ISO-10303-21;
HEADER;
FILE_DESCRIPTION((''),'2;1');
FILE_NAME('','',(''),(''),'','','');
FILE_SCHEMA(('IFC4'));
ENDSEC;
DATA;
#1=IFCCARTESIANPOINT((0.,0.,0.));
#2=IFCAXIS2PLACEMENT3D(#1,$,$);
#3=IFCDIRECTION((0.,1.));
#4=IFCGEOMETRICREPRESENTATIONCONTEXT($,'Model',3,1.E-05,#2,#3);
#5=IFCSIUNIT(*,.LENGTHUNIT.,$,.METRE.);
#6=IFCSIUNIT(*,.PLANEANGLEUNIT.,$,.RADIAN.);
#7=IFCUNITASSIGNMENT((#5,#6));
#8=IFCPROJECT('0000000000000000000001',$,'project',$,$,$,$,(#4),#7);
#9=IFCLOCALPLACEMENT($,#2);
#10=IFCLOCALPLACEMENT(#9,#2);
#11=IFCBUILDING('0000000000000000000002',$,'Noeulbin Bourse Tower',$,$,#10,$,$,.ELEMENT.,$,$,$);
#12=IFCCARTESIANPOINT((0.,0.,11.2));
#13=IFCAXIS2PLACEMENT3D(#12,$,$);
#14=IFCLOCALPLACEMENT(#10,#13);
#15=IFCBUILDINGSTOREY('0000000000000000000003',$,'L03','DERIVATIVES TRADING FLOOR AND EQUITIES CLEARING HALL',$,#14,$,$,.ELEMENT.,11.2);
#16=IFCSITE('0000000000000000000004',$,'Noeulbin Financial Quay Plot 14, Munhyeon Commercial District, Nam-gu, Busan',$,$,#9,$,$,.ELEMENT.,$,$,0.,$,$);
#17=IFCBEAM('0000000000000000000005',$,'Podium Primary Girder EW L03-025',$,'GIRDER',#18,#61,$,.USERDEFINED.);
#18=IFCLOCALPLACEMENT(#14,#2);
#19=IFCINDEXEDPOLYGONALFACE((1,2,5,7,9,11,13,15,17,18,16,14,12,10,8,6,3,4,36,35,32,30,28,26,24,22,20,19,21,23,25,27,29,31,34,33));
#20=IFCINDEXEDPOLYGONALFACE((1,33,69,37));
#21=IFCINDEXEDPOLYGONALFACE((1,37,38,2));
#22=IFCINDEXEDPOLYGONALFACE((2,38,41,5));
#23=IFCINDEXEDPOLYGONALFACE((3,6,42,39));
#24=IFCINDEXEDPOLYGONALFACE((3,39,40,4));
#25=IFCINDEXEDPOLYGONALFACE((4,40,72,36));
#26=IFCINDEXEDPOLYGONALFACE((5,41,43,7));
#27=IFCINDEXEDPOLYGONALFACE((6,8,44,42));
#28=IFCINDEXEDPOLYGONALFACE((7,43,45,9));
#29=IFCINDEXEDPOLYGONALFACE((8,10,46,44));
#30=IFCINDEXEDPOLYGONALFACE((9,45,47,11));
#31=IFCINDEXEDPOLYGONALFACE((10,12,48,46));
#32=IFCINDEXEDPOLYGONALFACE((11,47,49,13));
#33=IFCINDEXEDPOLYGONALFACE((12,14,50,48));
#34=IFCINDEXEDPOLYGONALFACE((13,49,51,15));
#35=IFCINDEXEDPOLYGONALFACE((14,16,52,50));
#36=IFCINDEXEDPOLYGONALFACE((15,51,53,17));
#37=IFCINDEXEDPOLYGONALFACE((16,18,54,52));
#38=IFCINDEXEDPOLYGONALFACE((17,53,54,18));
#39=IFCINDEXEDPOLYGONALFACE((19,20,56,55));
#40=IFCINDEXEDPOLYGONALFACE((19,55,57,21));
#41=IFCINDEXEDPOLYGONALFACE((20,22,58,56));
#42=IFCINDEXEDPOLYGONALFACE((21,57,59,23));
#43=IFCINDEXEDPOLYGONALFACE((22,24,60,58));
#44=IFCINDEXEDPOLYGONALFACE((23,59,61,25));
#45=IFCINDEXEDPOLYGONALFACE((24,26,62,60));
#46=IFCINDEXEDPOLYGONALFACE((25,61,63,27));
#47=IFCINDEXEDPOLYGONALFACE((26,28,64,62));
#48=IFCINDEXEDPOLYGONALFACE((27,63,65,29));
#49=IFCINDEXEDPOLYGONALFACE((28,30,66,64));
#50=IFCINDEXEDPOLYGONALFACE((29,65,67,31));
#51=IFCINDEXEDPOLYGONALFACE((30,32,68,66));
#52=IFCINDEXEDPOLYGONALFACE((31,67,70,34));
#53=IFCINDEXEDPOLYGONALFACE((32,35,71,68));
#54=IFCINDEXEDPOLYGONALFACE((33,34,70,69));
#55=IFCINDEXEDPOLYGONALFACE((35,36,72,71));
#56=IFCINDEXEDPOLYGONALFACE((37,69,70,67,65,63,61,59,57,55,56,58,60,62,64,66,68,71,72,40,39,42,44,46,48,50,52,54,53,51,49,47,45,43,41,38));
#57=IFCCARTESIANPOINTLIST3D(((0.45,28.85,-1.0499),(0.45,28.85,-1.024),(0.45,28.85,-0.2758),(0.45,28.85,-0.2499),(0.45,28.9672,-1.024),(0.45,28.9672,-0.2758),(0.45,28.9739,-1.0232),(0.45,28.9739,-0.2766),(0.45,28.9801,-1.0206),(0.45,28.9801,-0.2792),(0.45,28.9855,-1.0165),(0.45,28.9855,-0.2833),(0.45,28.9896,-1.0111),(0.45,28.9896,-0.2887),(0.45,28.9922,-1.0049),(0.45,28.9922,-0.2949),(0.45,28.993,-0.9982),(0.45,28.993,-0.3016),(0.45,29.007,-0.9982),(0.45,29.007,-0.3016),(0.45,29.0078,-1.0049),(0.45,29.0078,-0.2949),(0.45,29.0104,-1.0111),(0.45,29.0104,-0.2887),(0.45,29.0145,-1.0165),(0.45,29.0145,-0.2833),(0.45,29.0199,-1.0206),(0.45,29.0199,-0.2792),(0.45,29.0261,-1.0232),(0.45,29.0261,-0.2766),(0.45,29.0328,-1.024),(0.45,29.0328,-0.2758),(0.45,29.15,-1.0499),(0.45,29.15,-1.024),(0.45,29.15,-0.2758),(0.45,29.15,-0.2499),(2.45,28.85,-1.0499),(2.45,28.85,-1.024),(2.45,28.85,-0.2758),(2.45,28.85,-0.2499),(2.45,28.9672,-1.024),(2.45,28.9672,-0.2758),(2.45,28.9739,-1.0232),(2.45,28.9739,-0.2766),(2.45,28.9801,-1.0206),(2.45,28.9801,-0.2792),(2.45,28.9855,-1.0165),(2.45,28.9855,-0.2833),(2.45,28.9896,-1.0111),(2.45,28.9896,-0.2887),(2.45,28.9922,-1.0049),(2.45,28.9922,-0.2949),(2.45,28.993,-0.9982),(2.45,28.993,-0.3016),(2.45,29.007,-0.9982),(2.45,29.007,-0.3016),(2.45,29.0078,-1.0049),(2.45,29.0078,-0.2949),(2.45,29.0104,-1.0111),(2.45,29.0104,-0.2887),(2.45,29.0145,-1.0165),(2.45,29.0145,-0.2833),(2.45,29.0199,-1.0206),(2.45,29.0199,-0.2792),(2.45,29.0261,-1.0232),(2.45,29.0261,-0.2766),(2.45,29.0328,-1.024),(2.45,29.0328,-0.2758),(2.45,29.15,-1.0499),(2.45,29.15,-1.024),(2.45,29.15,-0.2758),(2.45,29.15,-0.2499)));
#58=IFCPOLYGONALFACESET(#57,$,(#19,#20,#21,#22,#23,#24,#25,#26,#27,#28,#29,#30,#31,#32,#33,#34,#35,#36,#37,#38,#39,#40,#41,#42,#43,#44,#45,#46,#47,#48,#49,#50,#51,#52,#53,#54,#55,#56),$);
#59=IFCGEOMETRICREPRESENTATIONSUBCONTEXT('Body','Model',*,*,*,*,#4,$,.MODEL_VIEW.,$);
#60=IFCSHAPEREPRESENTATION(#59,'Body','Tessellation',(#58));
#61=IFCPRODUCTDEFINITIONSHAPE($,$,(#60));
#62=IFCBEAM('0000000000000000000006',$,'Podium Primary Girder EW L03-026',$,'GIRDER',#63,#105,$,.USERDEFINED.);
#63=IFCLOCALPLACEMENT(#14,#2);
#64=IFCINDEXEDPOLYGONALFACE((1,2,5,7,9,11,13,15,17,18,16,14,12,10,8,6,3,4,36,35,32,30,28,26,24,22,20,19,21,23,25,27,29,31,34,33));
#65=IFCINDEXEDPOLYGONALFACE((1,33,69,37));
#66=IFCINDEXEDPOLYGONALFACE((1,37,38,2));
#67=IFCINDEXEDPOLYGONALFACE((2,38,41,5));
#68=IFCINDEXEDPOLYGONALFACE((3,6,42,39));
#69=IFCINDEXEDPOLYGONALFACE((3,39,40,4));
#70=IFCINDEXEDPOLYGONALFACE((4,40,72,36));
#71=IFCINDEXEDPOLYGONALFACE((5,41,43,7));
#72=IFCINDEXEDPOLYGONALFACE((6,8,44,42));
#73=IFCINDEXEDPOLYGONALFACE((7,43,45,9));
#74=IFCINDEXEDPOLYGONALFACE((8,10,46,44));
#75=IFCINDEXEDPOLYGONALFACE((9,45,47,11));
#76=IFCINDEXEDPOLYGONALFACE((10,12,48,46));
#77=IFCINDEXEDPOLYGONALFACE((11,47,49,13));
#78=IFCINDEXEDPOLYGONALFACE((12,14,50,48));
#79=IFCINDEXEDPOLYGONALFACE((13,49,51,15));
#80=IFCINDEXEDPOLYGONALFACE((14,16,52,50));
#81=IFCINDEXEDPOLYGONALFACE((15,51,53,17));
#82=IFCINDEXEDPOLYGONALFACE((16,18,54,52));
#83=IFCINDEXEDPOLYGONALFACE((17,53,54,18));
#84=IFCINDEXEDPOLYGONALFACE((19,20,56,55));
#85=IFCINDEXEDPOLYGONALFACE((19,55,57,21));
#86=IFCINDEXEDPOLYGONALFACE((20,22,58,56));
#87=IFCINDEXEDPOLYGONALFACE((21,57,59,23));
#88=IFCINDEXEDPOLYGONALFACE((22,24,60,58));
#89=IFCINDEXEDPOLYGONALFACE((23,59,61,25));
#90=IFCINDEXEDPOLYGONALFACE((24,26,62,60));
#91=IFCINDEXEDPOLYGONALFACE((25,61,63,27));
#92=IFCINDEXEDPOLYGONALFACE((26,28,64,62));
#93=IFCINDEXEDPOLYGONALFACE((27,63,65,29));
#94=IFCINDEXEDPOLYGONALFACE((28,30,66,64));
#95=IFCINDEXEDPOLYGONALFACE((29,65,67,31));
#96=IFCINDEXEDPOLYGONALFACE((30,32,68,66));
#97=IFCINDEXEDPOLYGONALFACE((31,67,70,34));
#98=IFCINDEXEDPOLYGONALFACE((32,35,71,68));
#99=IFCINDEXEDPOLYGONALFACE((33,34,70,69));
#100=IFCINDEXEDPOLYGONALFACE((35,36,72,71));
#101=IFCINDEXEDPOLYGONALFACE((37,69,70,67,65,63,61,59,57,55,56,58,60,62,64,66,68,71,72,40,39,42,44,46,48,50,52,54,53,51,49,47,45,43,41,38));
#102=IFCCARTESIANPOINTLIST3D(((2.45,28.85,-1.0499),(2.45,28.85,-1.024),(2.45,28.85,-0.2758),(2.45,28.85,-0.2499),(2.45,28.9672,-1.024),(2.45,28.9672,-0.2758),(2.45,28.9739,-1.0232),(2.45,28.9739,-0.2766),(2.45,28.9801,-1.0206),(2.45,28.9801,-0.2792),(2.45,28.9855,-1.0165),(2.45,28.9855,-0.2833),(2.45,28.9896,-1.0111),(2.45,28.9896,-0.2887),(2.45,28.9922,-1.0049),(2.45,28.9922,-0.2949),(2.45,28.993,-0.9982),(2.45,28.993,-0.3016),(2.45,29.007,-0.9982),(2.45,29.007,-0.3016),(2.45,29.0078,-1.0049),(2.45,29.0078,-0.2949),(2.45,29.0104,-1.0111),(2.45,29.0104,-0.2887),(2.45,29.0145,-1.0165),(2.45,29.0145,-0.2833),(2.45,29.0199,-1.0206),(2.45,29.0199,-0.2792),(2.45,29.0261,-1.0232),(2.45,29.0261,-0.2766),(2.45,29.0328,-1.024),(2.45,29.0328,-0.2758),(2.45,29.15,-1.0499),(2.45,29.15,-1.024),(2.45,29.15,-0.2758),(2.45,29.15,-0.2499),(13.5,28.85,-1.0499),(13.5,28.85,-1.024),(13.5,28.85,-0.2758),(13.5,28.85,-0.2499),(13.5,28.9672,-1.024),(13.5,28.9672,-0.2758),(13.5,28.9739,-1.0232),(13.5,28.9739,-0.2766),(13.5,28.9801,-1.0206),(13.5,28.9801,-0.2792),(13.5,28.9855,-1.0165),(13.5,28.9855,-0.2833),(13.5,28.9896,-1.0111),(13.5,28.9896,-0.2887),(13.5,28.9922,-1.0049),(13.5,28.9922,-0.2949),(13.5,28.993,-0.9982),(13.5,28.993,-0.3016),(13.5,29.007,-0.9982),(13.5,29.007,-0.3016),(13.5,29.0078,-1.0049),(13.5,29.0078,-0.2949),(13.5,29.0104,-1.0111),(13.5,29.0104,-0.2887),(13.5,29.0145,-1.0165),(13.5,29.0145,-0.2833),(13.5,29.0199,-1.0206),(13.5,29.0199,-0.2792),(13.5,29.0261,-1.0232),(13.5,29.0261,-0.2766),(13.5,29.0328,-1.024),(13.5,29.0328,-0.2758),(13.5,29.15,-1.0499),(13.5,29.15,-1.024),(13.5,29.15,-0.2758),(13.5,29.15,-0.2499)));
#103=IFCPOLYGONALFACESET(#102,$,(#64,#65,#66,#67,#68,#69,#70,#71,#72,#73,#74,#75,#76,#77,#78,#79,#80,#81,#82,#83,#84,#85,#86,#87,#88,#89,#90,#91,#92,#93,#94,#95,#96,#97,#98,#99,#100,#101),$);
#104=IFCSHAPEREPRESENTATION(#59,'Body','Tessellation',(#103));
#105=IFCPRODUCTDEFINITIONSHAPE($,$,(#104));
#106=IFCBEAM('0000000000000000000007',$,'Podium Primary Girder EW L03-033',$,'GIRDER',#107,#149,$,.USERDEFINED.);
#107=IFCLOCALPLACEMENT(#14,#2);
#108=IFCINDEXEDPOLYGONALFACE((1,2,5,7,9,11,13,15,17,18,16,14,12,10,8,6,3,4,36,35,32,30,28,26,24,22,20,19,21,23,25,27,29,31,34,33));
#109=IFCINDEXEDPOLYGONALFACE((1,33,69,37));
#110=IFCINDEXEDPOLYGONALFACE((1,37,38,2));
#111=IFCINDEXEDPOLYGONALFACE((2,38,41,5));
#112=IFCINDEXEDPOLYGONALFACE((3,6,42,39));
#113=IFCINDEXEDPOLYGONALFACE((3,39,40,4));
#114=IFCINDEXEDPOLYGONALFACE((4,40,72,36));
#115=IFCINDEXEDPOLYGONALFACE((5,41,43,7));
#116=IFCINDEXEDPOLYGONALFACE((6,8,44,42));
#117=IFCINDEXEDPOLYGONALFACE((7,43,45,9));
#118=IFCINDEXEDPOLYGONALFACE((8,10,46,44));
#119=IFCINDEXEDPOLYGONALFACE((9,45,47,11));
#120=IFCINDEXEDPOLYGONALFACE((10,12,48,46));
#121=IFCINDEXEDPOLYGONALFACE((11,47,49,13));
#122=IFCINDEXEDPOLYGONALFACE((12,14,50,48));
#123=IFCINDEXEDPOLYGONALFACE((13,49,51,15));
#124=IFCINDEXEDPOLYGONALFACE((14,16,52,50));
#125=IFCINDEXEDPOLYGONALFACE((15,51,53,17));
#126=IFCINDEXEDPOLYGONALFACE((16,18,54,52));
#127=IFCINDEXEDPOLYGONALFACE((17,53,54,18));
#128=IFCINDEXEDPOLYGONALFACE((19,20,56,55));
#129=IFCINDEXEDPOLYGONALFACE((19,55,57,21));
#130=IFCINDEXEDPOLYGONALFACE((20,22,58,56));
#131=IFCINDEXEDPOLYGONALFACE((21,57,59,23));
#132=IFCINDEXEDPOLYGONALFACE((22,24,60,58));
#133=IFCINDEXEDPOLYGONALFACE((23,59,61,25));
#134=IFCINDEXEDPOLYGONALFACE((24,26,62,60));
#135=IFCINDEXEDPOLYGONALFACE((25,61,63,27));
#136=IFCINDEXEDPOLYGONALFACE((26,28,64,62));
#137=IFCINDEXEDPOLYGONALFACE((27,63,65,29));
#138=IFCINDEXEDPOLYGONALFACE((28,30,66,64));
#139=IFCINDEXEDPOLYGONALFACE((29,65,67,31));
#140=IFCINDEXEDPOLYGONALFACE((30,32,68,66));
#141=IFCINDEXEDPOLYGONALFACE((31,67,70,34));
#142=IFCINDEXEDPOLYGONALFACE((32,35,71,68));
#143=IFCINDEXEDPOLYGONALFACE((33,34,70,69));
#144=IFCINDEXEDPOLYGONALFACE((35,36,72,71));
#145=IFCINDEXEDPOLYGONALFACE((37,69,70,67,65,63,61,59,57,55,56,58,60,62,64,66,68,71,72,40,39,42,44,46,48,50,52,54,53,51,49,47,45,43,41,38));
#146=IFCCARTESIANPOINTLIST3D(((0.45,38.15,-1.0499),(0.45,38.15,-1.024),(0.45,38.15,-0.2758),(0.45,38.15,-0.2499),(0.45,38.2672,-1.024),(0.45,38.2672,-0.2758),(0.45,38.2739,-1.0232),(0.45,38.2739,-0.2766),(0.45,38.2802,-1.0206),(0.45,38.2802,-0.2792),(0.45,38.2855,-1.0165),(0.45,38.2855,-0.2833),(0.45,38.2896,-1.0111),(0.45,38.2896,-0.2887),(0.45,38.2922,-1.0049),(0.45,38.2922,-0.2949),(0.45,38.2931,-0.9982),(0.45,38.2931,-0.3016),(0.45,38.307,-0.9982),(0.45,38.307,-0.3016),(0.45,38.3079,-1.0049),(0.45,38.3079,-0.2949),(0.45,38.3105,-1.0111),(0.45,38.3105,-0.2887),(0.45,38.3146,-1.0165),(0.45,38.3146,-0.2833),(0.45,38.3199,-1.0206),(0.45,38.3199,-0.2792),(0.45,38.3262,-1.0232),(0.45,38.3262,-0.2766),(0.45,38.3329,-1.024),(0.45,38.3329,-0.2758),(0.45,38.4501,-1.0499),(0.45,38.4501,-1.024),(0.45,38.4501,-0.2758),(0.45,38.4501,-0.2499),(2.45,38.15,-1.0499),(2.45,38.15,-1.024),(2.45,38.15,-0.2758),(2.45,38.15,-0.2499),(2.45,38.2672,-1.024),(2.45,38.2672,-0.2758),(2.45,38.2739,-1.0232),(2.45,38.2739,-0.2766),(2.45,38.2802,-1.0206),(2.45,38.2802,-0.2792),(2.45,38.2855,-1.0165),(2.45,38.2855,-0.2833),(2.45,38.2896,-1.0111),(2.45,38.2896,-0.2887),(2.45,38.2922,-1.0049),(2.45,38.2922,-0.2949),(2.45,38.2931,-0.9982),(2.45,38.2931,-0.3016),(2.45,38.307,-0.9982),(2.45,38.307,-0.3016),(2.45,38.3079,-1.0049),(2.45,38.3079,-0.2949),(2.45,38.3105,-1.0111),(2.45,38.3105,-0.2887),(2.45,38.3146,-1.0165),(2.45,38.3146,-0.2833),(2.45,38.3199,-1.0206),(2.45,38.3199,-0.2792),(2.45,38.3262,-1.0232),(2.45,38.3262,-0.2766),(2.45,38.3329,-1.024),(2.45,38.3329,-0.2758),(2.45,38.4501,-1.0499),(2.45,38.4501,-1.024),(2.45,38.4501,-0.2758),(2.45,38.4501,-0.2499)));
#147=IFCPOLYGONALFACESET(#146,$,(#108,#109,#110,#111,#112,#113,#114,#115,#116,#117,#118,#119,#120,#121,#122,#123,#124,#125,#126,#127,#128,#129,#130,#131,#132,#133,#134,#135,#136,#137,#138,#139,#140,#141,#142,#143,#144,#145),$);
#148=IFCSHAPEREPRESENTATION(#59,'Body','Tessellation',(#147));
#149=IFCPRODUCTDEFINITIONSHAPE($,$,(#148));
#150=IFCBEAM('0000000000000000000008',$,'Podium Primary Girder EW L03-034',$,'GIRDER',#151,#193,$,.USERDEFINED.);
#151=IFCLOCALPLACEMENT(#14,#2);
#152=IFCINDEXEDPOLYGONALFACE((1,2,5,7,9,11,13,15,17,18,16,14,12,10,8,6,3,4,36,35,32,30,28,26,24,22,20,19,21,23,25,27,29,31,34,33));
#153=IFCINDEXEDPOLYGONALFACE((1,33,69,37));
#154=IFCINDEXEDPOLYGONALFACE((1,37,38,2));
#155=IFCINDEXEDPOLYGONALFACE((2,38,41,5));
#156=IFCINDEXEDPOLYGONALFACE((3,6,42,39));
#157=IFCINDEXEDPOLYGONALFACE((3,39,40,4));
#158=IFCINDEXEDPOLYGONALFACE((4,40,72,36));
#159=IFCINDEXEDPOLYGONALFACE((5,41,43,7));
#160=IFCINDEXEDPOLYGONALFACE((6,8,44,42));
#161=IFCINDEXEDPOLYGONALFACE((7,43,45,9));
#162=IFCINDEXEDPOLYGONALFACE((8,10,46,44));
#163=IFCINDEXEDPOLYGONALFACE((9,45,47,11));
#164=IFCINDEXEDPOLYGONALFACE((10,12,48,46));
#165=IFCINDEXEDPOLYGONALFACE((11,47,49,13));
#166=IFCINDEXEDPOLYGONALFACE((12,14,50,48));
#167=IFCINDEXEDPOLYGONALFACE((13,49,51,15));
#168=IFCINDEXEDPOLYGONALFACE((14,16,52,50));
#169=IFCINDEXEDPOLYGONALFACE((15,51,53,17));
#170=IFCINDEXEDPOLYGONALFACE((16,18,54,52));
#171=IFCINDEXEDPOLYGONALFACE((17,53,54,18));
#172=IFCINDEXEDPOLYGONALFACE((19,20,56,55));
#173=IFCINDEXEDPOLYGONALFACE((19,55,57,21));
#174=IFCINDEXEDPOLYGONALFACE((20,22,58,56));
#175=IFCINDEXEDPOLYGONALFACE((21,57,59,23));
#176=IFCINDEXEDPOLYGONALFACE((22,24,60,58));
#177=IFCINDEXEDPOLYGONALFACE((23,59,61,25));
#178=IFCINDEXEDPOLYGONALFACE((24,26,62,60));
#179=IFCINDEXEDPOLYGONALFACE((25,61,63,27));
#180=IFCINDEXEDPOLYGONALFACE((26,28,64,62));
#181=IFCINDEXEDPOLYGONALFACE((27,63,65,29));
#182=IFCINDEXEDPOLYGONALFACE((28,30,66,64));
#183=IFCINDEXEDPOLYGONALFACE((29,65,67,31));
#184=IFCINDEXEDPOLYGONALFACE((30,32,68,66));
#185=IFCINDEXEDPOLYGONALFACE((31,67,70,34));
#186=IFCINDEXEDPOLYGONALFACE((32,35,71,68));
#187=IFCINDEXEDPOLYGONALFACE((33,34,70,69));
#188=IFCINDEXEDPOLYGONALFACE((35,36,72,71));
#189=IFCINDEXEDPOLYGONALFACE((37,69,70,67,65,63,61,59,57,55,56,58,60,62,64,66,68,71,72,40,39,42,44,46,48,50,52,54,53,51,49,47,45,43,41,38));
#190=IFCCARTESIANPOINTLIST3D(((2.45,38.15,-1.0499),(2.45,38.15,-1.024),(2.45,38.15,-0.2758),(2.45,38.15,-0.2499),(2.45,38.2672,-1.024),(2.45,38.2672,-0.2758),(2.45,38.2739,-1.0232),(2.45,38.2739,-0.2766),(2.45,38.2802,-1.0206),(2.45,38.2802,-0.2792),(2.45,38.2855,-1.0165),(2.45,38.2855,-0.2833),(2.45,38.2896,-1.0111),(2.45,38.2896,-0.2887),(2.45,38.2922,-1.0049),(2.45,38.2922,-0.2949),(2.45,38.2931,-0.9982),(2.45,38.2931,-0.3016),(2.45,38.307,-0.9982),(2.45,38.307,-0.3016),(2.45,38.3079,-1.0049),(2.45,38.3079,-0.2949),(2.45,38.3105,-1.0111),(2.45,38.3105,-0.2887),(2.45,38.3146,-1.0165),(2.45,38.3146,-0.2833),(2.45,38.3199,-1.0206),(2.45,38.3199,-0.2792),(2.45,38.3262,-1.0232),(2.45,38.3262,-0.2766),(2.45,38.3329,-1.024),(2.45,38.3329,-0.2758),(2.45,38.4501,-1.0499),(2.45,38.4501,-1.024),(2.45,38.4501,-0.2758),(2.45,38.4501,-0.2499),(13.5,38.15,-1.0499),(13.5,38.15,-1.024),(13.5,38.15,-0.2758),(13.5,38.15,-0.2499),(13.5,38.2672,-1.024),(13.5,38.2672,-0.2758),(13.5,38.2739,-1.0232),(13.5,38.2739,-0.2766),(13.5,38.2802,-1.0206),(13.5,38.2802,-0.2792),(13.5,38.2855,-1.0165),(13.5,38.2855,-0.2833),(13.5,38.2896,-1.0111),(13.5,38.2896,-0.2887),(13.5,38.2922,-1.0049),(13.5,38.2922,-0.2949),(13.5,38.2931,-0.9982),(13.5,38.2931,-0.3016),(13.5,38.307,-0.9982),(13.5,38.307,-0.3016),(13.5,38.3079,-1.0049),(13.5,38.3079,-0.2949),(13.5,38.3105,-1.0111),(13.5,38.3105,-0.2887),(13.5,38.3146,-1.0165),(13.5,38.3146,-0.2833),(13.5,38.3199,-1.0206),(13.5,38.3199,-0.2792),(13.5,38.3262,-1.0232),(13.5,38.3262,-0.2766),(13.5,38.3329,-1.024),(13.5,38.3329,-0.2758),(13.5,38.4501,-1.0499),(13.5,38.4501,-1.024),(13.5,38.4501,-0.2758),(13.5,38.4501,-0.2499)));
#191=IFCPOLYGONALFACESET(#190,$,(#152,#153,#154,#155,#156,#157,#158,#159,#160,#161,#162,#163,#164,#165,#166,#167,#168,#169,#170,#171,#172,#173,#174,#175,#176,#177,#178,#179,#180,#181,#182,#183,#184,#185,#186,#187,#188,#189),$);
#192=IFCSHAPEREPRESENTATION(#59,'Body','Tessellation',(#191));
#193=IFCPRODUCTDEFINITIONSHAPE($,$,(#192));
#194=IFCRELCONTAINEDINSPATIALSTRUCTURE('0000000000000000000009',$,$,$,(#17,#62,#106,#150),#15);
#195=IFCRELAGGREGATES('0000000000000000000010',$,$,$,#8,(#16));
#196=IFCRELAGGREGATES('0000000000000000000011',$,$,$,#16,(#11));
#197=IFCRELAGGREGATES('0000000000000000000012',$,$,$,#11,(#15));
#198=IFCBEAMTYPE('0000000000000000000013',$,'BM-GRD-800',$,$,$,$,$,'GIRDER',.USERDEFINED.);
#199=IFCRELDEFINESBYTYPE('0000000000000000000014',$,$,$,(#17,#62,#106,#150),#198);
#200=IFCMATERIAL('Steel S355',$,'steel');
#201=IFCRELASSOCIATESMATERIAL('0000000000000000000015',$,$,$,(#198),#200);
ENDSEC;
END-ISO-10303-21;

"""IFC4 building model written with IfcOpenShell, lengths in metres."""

from ifc_helpers import new_model, si_unit, direction, frame, origin, origin_2d, place, context, subcontext, project, spatial, i_section, extrude, material, material_profile, profile_set, type_object, element, save


model = new_model("IFC4")

# Units and contexts
model_context = context("Model", 3, precision=1e-05, world=origin(), true_north=direction((0.0, 1.0)))
body_context = subcontext(model_context, "Body", "Model", "MODEL_VIEW")
ifc_project = project(units=[si_unit("LENGTHUNIT", "METRE"), si_unit("PLANEANGLEUNIT", "RADIAN")], contexts=[model_context])

# Site, building, storey
site_placement = place(None, origin())
site = spatial("IfcSite", under=ifc_project, at=site_placement, Name="Noeulbin Financial Quay Plot 14, Munhyeon Commercial District, Nam-gu, Busan", CompositionType="ELEMENT", RefElevation=0.0)
building_placement = place(site_placement, origin())
building = spatial("IfcBuilding", under=site, at=building_placement, Name="Noeulbin Bourse Tower", CompositionType="ELEMENT")
storey_placement = place(building_placement, frame((0.0, 0.0, 11.2)))
storey = spatial("IfcBuildingStorey", under=building, at=storey_placement, Name="L03", Description="DERIVATIVES TRADING FLOOR AND EQUITIES CLEARING HALL", CompositionType="ELEMENT", Elevation=11.2)

# Beams
ifc_material_1 = material(Name="Steel S355", Category="steel")
ifc_material_profile_1 = material_profile(ifc_material_1, i_section(OverallWidth=0.3, OverallDepth=0.8, WebThickness=0.0139, FlangeThickness=0.0259, FilletRadius=0.0259, at=origin_2d()), Name="H-800x300x14x26", Category="LoadBearing")
ifc_profile_set_1 = profile_set([ifc_material_profile_1], Name="Steel S355")
beam_type_1 = type_object("IfcBeamType", Name="BM-GRD-800", ElementType="GIRDER", PredefinedType="USERDEFINED", material=ifc_profile_set_1)
beam_1_placement = place(storey_placement, frame((0.45, 29.0, -0.6499), z_axis=(1.0, 0.0, 0.0), x_axis=(0.0, 1.0, 0.0)))
element("IfcBeam", 1, at=beam_1_placement, inside=storey, type_object=beam_type_1, Name="Podium Primary Girder EW L03-025", ObjectType="GIRDER", PredefinedType="USERDEFINED", context=body_context, shape_type="SweptSolid", body=[
    extrude(i_section(OverallWidth=0.3, OverallDepth=0.8, WebThickness=0.0139, FlangeThickness=0.0259, FilletRadius=0.0259, at=origin_2d()), origin(), (0.0, 0.0, 1.0), 2.0),
])
beam_2_placement = place(storey_placement, frame((2.45, 29.0, -0.6499), z_axis=(1.0, 0.0, 0.0), x_axis=(0.0, 1.0, 0.0)))
element("IfcBeam", 2, at=beam_2_placement, inside=storey, type_object=beam_type_1, Name="Podium Primary Girder EW L03-026", ObjectType="GIRDER", PredefinedType="USERDEFINED", context=body_context, shape_type="SweptSolid", body=[
    extrude(i_section(OverallWidth=0.3, OverallDepth=0.8, WebThickness=0.0139, FlangeThickness=0.0259, FilletRadius=0.0259, at=origin_2d()), origin(), (0.0, 0.0, 1.0), 11.05),
])
beam_3_placement = place(storey_placement, frame((0.45, 38.3, -0.6499), z_axis=(1.0, 0.0, 0.0), x_axis=(0.0, 1.0, 0.0)))
element("IfcBeam", 3, at=beam_3_placement, inside=storey, type_object=beam_type_1, Name="Podium Primary Girder EW L03-033", ObjectType="GIRDER", PredefinedType="USERDEFINED", context=body_context, shape_type="SweptSolid", body=[
    extrude(i_section(OverallWidth=0.3, OverallDepth=0.8, WebThickness=0.0139, FlangeThickness=0.0259, FilletRadius=0.0259, at=origin_2d()), origin(), (0.0, 0.0, 1.0), 2.0),
])
beam_4_placement = place(storey_placement, frame((2.45, 38.3, -0.6499), z_axis=(1.0, 0.0, 0.0), x_axis=(0.0, 1.0, 0.0)))
element("IfcBeam", 4, at=beam_4_placement, inside=storey, type_object=beam_type_1, Name="Podium Primary Girder EW L03-034", ObjectType="GIRDER", PredefinedType="USERDEFINED", context=body_context, shape_type="SweptSolid", body=[
    extrude(i_section(OverallWidth=0.3, OverallDepth=0.8, WebThickness=0.0139, FlangeThickness=0.0259, FilletRadius=0.0259, at=origin_2d()), origin(), (0.0, 0.0, 1.0), 11.05),
])

save(model, "model.ifc")
